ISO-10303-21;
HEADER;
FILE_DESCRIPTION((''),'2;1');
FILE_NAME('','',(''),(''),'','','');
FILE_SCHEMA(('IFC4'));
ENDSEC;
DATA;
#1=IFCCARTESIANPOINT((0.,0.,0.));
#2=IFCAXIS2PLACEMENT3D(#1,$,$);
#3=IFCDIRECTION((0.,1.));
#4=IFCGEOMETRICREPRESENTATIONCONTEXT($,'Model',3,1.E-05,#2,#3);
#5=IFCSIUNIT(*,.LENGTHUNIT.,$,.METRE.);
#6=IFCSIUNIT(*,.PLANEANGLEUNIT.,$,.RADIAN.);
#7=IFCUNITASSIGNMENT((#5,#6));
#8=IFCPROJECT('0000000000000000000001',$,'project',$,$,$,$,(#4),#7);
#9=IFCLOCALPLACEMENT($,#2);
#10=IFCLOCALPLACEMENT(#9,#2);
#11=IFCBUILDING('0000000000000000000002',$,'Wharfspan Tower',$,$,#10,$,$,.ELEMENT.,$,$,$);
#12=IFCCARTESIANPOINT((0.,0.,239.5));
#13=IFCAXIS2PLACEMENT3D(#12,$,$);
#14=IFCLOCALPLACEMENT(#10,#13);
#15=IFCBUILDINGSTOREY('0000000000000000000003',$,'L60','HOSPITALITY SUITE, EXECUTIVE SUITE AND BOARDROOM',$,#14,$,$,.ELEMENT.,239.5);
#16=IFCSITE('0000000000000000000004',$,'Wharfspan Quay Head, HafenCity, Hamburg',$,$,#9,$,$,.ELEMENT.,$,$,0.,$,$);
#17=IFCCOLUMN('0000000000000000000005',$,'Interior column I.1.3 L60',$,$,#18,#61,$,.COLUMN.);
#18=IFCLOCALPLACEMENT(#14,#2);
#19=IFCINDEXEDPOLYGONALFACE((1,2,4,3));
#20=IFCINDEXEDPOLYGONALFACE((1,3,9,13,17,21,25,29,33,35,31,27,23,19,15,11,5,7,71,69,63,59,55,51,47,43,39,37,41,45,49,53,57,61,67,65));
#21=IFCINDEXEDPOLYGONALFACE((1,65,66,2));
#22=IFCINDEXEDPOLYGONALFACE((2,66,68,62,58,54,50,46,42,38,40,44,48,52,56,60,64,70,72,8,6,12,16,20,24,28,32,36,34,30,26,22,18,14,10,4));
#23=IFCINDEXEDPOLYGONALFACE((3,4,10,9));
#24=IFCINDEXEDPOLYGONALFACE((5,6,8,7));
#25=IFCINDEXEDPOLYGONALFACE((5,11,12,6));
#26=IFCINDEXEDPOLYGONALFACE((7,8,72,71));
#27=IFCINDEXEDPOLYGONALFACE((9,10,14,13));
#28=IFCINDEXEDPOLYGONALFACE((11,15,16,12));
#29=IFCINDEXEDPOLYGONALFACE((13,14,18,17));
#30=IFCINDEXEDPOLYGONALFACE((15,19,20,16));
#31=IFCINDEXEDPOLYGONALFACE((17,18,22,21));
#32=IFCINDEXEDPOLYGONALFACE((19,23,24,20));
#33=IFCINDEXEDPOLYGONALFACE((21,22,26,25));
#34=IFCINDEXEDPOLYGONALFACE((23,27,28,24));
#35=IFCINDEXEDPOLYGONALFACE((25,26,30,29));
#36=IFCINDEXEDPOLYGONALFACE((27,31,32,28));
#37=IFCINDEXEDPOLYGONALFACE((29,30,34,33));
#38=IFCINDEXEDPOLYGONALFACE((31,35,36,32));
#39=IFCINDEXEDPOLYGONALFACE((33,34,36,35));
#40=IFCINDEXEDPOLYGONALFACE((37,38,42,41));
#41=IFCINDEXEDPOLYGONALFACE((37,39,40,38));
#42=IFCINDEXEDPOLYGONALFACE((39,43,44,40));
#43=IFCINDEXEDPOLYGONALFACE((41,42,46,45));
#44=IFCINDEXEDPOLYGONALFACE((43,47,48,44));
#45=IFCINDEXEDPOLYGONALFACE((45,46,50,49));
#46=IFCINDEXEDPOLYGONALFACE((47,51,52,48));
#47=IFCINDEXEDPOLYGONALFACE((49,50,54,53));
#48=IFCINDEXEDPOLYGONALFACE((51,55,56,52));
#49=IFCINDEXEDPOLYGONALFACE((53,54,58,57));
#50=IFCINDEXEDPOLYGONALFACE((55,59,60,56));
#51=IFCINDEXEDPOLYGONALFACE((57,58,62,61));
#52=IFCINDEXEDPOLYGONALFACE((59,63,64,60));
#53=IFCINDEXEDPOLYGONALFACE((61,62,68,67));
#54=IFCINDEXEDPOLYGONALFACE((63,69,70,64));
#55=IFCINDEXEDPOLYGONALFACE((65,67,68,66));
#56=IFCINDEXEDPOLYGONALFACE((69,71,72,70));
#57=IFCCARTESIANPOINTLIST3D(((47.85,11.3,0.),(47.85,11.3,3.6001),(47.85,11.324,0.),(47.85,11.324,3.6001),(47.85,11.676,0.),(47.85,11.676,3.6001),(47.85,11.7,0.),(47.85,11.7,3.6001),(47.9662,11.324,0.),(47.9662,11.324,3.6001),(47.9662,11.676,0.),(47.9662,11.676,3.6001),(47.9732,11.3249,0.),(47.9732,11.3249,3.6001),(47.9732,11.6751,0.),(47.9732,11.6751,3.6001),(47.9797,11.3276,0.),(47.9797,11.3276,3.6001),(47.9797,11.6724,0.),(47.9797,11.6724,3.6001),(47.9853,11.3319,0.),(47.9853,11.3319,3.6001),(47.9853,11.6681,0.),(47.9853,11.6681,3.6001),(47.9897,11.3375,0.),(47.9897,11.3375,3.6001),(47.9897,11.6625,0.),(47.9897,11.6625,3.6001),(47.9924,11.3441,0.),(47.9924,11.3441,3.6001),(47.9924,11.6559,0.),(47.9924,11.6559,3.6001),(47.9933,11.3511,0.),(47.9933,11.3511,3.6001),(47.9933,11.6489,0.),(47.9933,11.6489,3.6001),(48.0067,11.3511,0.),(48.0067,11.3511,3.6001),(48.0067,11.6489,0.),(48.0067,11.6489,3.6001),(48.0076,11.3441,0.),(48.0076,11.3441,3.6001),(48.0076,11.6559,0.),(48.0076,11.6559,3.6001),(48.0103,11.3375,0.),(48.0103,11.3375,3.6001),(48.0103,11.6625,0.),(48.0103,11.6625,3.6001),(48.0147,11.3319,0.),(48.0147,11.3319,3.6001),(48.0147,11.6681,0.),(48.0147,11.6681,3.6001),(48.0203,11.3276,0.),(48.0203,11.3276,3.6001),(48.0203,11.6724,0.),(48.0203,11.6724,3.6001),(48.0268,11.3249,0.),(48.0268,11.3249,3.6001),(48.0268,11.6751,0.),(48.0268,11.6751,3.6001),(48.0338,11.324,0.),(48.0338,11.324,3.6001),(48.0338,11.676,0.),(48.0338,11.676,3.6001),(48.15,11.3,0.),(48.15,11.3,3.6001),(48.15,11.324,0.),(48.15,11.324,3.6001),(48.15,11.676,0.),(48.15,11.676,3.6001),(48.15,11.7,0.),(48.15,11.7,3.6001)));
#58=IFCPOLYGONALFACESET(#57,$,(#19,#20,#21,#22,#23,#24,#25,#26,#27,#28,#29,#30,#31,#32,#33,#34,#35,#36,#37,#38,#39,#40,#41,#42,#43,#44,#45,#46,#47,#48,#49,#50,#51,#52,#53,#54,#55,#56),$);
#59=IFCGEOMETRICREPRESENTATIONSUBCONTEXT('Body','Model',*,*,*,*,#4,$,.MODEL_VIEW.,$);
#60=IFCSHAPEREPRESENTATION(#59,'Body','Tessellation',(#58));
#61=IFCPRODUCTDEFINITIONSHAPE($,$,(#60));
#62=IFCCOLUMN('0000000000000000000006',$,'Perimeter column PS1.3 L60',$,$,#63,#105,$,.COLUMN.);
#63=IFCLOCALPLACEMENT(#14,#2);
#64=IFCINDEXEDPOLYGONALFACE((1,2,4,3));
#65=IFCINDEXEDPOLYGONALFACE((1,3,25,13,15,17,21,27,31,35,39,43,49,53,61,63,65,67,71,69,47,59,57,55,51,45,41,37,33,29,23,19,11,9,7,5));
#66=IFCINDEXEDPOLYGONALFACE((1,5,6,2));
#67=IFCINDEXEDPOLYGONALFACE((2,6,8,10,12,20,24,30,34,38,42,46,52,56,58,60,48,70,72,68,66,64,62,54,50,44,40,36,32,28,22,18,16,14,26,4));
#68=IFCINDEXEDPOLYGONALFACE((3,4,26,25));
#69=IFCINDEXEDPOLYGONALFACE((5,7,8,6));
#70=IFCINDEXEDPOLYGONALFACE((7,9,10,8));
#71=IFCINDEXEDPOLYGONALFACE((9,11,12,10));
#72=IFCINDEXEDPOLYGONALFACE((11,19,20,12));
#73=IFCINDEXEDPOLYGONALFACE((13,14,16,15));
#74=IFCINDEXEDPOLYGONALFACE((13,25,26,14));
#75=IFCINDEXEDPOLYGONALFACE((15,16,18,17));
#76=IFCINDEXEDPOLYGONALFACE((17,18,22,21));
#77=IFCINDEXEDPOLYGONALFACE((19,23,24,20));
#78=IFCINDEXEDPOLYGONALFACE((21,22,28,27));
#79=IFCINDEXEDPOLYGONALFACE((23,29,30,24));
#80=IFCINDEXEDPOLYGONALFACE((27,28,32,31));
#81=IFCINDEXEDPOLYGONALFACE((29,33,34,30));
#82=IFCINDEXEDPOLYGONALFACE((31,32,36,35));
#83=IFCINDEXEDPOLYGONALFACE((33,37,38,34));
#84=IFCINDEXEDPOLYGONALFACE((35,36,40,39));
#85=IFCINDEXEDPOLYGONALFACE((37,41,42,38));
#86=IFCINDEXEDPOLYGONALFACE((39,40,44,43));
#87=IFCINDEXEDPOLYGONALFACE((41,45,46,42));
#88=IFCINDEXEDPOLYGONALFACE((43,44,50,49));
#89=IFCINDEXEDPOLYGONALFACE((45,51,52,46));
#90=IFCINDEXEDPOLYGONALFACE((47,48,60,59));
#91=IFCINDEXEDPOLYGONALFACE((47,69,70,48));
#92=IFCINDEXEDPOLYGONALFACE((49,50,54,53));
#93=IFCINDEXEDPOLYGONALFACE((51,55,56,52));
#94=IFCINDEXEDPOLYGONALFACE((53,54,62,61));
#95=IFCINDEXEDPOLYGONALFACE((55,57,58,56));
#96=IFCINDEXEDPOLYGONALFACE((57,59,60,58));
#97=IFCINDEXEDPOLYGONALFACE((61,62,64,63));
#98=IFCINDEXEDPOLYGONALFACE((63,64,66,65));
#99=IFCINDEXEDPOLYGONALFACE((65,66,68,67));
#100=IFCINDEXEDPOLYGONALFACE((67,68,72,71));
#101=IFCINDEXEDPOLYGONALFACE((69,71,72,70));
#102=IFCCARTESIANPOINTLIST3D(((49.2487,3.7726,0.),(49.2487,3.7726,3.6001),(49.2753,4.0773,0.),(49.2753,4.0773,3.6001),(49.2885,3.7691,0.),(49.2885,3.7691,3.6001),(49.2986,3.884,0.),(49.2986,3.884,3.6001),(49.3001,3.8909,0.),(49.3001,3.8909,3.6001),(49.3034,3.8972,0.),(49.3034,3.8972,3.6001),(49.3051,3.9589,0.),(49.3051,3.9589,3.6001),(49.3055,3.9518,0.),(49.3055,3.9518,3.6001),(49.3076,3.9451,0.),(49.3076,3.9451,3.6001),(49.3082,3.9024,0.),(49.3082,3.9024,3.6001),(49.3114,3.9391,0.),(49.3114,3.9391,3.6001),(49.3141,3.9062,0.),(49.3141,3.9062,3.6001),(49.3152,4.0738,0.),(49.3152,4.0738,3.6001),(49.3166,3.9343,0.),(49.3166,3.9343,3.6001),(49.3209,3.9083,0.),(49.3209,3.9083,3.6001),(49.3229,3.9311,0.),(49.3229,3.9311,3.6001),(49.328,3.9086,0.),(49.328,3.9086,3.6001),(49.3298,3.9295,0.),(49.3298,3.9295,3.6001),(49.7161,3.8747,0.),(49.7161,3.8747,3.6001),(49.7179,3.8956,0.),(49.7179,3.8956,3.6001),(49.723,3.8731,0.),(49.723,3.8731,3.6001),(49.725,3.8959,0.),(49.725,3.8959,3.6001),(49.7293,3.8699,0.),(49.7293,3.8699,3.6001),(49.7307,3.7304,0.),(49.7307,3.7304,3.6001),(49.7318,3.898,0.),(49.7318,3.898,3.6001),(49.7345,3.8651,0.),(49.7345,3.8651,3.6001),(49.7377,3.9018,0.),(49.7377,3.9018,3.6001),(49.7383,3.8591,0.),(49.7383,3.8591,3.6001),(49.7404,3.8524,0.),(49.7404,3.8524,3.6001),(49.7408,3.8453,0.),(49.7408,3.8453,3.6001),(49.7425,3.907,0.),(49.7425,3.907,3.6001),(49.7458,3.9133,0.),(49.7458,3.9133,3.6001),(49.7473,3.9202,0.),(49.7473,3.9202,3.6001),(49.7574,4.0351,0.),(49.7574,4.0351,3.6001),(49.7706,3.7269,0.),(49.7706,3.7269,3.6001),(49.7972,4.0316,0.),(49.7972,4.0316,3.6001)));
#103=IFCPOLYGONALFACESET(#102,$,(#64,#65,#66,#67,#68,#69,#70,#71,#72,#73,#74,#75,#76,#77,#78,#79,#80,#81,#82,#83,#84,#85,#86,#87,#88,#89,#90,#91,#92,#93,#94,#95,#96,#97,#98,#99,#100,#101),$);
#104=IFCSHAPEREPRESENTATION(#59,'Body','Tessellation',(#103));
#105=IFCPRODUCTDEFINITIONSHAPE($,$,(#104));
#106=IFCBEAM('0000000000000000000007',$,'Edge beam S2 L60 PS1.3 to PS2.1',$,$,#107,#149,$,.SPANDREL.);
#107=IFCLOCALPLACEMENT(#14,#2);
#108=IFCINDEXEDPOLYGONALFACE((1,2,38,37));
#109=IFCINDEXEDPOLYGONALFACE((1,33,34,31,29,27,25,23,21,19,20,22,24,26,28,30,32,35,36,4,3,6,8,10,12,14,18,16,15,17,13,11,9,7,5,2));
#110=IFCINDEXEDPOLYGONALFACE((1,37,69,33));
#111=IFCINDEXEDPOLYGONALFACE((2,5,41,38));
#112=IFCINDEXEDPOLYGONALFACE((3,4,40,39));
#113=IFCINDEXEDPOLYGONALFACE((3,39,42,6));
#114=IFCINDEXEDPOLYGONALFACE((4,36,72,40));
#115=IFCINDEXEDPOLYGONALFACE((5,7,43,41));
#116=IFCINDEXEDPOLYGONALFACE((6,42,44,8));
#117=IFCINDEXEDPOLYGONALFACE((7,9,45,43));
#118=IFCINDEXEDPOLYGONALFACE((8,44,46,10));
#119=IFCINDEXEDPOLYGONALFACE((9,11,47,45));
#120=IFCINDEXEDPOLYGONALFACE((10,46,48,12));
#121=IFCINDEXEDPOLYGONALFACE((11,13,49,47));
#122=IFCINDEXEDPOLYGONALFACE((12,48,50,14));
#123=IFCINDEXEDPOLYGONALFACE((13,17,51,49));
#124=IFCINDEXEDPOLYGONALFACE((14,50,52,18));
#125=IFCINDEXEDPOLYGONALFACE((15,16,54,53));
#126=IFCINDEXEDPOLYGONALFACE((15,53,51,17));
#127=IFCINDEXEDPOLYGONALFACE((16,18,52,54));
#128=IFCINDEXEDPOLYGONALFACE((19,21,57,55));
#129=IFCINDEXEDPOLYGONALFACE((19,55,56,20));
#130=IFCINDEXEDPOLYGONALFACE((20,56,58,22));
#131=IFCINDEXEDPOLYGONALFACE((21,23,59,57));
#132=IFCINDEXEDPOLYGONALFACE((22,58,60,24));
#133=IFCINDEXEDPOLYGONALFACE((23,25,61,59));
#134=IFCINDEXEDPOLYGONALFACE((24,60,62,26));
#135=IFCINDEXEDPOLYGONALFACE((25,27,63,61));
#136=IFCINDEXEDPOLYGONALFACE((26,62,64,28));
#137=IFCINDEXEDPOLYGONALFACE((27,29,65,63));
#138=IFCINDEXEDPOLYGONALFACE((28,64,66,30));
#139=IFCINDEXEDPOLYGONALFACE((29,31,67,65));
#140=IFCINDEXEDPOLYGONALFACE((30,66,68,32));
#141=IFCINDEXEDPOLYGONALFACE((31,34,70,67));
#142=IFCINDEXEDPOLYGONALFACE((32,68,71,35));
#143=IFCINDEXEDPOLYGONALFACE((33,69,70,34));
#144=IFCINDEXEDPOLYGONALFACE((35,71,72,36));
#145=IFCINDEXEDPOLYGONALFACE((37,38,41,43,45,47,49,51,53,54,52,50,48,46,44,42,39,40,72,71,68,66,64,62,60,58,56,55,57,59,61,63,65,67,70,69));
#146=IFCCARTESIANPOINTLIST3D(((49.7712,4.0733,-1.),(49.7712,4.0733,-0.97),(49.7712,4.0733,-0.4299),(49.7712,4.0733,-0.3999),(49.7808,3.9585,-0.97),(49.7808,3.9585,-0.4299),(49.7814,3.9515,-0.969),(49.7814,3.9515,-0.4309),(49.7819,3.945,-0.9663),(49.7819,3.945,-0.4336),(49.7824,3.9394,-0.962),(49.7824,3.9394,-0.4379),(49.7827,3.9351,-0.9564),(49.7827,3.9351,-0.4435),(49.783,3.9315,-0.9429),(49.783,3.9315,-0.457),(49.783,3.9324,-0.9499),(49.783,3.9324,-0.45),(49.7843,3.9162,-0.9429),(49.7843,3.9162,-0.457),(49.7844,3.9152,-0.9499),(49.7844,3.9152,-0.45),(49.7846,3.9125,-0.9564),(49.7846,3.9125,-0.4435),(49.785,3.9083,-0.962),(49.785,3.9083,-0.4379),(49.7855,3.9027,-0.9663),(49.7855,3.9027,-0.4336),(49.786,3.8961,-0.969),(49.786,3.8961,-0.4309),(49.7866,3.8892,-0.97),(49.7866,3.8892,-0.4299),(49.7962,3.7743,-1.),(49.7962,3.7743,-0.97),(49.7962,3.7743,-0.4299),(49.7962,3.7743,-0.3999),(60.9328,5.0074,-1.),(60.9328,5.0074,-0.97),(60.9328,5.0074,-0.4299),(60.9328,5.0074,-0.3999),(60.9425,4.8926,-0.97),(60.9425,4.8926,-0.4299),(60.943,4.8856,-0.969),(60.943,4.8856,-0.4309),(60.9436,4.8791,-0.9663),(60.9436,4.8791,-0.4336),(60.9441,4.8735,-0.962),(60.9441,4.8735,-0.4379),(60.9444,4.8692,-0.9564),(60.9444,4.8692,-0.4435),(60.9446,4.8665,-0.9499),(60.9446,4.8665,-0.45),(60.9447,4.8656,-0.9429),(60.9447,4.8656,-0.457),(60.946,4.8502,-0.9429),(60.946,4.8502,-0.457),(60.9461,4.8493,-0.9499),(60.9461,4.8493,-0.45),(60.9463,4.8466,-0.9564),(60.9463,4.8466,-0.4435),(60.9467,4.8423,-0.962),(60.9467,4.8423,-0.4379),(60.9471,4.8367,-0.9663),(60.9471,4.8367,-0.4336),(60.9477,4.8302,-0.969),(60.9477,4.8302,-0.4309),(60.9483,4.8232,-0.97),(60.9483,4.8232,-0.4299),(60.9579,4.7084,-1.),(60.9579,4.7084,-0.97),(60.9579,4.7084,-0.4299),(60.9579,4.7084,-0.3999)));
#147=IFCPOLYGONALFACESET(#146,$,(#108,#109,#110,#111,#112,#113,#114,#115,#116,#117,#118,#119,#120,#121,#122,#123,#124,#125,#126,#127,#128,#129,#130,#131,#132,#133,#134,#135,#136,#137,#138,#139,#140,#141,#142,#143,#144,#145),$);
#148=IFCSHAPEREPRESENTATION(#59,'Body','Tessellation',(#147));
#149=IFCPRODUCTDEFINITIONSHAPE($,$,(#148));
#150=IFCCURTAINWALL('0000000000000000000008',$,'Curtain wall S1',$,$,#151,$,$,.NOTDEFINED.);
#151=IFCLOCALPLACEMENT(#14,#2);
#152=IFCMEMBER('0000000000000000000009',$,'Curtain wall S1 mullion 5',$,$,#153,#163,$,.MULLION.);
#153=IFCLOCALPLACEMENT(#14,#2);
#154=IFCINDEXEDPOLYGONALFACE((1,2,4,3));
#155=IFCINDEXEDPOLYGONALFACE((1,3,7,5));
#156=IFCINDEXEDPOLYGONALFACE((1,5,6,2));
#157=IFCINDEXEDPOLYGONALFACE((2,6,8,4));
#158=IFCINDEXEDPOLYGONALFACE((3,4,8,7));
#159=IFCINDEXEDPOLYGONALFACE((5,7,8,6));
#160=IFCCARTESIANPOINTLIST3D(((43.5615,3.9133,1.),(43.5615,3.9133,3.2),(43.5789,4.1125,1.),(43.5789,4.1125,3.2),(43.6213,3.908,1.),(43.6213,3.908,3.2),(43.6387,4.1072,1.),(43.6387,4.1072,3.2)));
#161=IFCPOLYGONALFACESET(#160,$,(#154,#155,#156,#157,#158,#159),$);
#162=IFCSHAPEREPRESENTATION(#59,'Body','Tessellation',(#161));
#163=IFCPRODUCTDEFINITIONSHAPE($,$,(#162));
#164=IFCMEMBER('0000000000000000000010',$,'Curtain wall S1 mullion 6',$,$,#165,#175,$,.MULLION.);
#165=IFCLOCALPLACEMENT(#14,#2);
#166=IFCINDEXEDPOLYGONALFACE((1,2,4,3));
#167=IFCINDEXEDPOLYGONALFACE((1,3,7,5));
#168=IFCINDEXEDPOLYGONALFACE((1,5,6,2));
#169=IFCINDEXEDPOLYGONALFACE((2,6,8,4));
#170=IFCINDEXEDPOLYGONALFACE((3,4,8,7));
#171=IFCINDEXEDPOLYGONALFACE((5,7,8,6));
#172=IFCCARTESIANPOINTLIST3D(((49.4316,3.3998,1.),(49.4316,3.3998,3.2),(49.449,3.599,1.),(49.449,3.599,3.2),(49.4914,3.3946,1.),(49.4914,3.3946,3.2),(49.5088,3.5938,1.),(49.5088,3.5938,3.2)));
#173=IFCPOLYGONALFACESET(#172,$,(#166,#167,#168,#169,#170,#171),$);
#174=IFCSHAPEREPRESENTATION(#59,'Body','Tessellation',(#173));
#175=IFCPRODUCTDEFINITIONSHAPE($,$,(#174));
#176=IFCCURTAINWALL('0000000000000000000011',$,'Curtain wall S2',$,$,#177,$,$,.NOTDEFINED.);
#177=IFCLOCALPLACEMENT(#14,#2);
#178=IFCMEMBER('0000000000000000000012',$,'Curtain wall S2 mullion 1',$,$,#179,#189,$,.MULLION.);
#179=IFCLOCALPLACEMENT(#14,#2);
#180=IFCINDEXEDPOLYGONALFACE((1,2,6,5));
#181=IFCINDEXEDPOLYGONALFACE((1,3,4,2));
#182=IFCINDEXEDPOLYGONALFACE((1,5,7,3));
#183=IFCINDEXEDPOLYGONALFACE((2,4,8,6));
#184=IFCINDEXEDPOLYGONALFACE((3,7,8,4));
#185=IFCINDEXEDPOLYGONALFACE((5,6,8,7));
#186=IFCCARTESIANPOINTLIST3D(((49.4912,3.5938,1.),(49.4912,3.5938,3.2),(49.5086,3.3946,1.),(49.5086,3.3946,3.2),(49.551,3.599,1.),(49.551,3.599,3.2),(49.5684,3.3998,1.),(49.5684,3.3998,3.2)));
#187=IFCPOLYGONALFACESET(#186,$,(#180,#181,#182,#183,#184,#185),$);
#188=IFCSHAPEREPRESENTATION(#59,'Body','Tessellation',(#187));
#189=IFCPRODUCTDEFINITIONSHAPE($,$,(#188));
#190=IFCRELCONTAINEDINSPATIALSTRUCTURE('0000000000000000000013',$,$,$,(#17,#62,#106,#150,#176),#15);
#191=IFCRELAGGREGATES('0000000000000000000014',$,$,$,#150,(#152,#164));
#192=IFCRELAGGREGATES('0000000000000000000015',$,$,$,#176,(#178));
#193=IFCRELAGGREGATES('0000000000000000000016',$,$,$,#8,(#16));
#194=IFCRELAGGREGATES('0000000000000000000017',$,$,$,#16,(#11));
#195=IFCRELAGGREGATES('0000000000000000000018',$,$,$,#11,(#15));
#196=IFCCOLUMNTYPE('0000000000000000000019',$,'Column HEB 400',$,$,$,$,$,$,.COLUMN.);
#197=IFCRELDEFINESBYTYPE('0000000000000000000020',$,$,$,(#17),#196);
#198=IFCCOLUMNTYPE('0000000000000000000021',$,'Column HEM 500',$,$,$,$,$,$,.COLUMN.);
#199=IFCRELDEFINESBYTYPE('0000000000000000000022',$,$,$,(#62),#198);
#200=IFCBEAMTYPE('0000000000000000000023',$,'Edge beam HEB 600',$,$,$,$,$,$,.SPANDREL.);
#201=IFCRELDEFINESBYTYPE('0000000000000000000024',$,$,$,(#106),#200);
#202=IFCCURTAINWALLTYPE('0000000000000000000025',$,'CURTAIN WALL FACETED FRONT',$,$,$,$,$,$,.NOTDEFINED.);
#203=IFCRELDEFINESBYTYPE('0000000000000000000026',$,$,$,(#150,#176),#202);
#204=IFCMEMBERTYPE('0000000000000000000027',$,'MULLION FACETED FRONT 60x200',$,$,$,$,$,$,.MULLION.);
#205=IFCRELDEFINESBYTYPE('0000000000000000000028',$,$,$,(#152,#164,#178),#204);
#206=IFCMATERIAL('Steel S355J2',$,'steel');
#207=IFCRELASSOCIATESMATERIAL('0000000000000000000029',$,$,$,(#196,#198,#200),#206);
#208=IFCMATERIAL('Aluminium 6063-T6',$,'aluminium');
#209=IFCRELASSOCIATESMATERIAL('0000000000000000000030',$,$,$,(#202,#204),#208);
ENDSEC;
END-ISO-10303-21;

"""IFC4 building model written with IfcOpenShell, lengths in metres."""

from ifc_helpers import new_model, si_unit, direction, frame, origin, origin_2d, place, context, subcontext, project, spatial, rectangle, i_section, extrude, material, material_profile, profile_set, type_object, element, aggregate, save


model = new_model("IFC4")

# Units and contexts
model_context = context("Model", 3, precision=1e-05, world=origin(), true_north=direction((0.0, 1.0)))
body_context = subcontext(model_context, "Body", "Model", "MODEL_VIEW")
ifc_project = project(units=[si_unit("LENGTHUNIT", "METRE"), si_unit("PLANEANGLEUNIT", "RADIAN")], contexts=[model_context])

# Site, building, storey
site_placement = place(None, origin())
site = spatial("IfcSite", under=ifc_project, at=site_placement, Name="Wharfspan Quay Head, HafenCity, Hamburg", CompositionType="ELEMENT", RefElevation=0.0)
building_placement = place(site_placement, origin())
building = spatial("IfcBuilding", under=site, at=building_placement, Name="Wharfspan Tower", CompositionType="ELEMENT")
storey_placement = place(building_placement, frame((0.0, 0.0, 239.5)))
storey = spatial("IfcBuildingStorey", under=building, at=storey_placement, Name="L60", Description="HOSPITALITY SUITE, EXECUTIVE SUITE AND BOARDROOM", CompositionType="ELEMENT", Elevation=239.5)

# Columns
ifc_material_1 = material(Name="Steel S355J2", Category="steel")
ifc_material_profile_1 = material_profile(ifc_material_1, i_section(OverallWidth=0.3, OverallDepth=0.3999, WebThickness=0.0134, FlangeThickness=0.0239, FilletRadius=0.0271, at=origin_2d()))
ifc_profile_set_1 = profile_set([ifc_material_profile_1], Name="Steel S355J2")
column_type_1 = type_object("IfcColumnType", Name="Column HEB 400", PredefinedType="COLUMN", material=ifc_profile_set_1)
column_1_placement = place(storey_placement, frame((48.0, 11.5, 0.0), z_axis=(0.0, 0.0, 1.0), x_axis=(1.0, 0.0, 0.0)))
element("IfcColumn", 1, at=column_1_placement, inside=storey, type_object=column_type_1, Name="Interior column I.1.3 L60", PredefinedType="COLUMN", context=body_context, shape_type="SweptSolid", body=[
    extrude(i_section(OverallWidth=0.3, OverallDepth=0.3999, WebThickness=0.0134, FlangeThickness=0.0239, FilletRadius=0.0271, at=origin_2d()), origin(), (0.0, 0.0, 1.0), 3.6001),
])
ifc_material_profile_2 = material_profile(ifc_material_1, i_section(OverallWidth=0.3059, OverallDepth=0.5239, WebThickness=0.021, FlangeThickness=0.04, FilletRadius=0.0271, at=origin_2d()))
ifc_profile_set_2 = profile_set([ifc_material_profile_2], Name="Steel S355J2")
column_type_2 = type_object("IfcColumnType", Name="Column HEM 500", PredefinedType="COLUMN", material=ifc_profile_set_2)
column_2_placement = place(storey_placement, frame((49.5229, 3.9021, 0.0), z_axis=(0.0, 0.0, 1.0), x_axis=(-0.087156, -0.996197, 0.0)))
element("IfcColumn", 2, at=column_2_placement, inside=storey, type_object=column_type_2, Name="Perimeter column PS1.3 L60", PredefinedType="COLUMN", context=body_context, shape_type="SweptSolid", body=[
    extrude(i_section(OverallWidth=0.3059, OverallDepth=0.5239, WebThickness=0.021, FlangeThickness=0.04, FilletRadius=0.0271, at=origin_2d()), origin(), (0.0, 0.0, 1.0), 3.6001),
])

# Beam
ifc_material_profile_3 = material_profile(ifc_material_1, i_section(OverallWidth=0.3, OverallDepth=0.6001, WebThickness=0.0154, FlangeThickness=0.03, FilletRadius=0.0271, at=origin_2d()))
ifc_profile_set_3 = profile_set([ifc_material_profile_3], Name="Steel S355J2")
beam_type = type_object("IfcBeamType", Name="Edge beam HEB 600", PredefinedType="SPANDREL", material=ifc_profile_set_3)
beam_placement = place(storey_placement, frame((49.7837, 3.9238, -0.7), z_axis=(0.996517, 0.083395, 0.0), x_axis=(-0.083395, 0.996517, 0.0)))
element("IfcBeam", 3, at=beam_placement, inside=storey, type_object=beam_type, Name="Edge beam S2 L60 PS1.3 to PS2.1", PredefinedType="SPANDREL", context=body_context, shape_type="SweptSolid", body=[
    extrude(i_section(OverallWidth=0.3, OverallDepth=0.6001, WebThickness=0.0154, FlangeThickness=0.03, FilletRadius=0.0271, at=origin_2d()), origin(), (0.0, 0.0, 1.0), 11.2007),
])

# Curtain wall, members
ifc_material_2 = material(Name="Aluminium 6063-T6", Category="aluminium")
curtain_wall_type = type_object("IfcCurtainWallType", Name="CURTAIN WALL FACETED FRONT", PredefinedType="NOTDEFINED", material=ifc_material_2)
curtain_wall_1_placement = place(storey_placement, origin())
curtain_wall_1 = element("IfcCurtainWall", 4, at=curtain_wall_1_placement, inside=storey, type_object=curtain_wall_type, Name="Curtain wall S1", PredefinedType="NOTDEFINED")
ifc_material_profile_4 = material_profile(ifc_material_2, rectangle(XDim=0.2, YDim=0.0601, at=origin_2d()))
ifc_profile_set_4 = profile_set([ifc_material_profile_4], Name="Aluminium 6063-T6")
member_type_1 = type_object("IfcMemberType", Name="MULLION FACETED FRONT 60x200", PredefinedType="MULLION", material=ifc_profile_set_4)
member_1_placement = place(storey_placement, frame((43.6001, 4.0103, 1.0), z_axis=(0.0, 0.0, 1.0), x_axis=(0.087156, 0.996197, 0.0)))
member_1 = element("IfcMember", 5, at=member_1_placement, type_object=member_type_1, Name="Curtain wall S1 mullion 5", PredefinedType="MULLION", context=body_context, shape_type="SweptSolid", body=[
    extrude(rectangle(XDim=0.2, YDim=0.0601, at=origin_2d()), origin(), (0.0, 0.0, 1.0), 2.2),
])
member_2_placement = place(storey_placement, frame((49.4702, 3.4968, 1.0), z_axis=(0.0, 0.0, 1.0), x_axis=(0.087156, 0.996197, 0.0)))
member_2 = element("IfcMember", 6, at=member_2_placement, type_object=member_type_1, Name="Curtain wall S1 mullion 6", PredefinedType="MULLION", context=body_context, shape_type="SweptSolid", body=[
    extrude(rectangle(XDim=0.2, YDim=0.0601, at=origin_2d()), origin(), (0.0, 0.0, 1.0), 2.2),
])

# Curtain wall, member
curtain_wall_2_placement = place(storey_placement, origin())
curtain_wall_2 = element("IfcCurtainWall", 7, at=curtain_wall_2_placement, inside=storey, type_object=curtain_wall_type, Name="Curtain wall S2", PredefinedType="NOTDEFINED")
member_3_placement = place(storey_placement, frame((49.5298, 3.4968, 1.0), z_axis=(0.0, 0.0, 1.0), x_axis=(-0.087156, 0.996197, 0.0)))
member_3 = element("IfcMember", 8, at=member_3_placement, type_object=member_type_1, Name="Curtain wall S2 mullion 1", PredefinedType="MULLION", context=body_context, shape_type="SweptSolid", body=[
    extrude(rectangle(XDim=0.2, YDim=0.0601, at=origin_2d()), origin(), (0.0, 0.0, 1.0), 2.2),
])

aggregate(curtain_wall_1, [member_1, member_2])
aggregate(curtain_wall_2, [member_3])

save(model, "model.ifc")
